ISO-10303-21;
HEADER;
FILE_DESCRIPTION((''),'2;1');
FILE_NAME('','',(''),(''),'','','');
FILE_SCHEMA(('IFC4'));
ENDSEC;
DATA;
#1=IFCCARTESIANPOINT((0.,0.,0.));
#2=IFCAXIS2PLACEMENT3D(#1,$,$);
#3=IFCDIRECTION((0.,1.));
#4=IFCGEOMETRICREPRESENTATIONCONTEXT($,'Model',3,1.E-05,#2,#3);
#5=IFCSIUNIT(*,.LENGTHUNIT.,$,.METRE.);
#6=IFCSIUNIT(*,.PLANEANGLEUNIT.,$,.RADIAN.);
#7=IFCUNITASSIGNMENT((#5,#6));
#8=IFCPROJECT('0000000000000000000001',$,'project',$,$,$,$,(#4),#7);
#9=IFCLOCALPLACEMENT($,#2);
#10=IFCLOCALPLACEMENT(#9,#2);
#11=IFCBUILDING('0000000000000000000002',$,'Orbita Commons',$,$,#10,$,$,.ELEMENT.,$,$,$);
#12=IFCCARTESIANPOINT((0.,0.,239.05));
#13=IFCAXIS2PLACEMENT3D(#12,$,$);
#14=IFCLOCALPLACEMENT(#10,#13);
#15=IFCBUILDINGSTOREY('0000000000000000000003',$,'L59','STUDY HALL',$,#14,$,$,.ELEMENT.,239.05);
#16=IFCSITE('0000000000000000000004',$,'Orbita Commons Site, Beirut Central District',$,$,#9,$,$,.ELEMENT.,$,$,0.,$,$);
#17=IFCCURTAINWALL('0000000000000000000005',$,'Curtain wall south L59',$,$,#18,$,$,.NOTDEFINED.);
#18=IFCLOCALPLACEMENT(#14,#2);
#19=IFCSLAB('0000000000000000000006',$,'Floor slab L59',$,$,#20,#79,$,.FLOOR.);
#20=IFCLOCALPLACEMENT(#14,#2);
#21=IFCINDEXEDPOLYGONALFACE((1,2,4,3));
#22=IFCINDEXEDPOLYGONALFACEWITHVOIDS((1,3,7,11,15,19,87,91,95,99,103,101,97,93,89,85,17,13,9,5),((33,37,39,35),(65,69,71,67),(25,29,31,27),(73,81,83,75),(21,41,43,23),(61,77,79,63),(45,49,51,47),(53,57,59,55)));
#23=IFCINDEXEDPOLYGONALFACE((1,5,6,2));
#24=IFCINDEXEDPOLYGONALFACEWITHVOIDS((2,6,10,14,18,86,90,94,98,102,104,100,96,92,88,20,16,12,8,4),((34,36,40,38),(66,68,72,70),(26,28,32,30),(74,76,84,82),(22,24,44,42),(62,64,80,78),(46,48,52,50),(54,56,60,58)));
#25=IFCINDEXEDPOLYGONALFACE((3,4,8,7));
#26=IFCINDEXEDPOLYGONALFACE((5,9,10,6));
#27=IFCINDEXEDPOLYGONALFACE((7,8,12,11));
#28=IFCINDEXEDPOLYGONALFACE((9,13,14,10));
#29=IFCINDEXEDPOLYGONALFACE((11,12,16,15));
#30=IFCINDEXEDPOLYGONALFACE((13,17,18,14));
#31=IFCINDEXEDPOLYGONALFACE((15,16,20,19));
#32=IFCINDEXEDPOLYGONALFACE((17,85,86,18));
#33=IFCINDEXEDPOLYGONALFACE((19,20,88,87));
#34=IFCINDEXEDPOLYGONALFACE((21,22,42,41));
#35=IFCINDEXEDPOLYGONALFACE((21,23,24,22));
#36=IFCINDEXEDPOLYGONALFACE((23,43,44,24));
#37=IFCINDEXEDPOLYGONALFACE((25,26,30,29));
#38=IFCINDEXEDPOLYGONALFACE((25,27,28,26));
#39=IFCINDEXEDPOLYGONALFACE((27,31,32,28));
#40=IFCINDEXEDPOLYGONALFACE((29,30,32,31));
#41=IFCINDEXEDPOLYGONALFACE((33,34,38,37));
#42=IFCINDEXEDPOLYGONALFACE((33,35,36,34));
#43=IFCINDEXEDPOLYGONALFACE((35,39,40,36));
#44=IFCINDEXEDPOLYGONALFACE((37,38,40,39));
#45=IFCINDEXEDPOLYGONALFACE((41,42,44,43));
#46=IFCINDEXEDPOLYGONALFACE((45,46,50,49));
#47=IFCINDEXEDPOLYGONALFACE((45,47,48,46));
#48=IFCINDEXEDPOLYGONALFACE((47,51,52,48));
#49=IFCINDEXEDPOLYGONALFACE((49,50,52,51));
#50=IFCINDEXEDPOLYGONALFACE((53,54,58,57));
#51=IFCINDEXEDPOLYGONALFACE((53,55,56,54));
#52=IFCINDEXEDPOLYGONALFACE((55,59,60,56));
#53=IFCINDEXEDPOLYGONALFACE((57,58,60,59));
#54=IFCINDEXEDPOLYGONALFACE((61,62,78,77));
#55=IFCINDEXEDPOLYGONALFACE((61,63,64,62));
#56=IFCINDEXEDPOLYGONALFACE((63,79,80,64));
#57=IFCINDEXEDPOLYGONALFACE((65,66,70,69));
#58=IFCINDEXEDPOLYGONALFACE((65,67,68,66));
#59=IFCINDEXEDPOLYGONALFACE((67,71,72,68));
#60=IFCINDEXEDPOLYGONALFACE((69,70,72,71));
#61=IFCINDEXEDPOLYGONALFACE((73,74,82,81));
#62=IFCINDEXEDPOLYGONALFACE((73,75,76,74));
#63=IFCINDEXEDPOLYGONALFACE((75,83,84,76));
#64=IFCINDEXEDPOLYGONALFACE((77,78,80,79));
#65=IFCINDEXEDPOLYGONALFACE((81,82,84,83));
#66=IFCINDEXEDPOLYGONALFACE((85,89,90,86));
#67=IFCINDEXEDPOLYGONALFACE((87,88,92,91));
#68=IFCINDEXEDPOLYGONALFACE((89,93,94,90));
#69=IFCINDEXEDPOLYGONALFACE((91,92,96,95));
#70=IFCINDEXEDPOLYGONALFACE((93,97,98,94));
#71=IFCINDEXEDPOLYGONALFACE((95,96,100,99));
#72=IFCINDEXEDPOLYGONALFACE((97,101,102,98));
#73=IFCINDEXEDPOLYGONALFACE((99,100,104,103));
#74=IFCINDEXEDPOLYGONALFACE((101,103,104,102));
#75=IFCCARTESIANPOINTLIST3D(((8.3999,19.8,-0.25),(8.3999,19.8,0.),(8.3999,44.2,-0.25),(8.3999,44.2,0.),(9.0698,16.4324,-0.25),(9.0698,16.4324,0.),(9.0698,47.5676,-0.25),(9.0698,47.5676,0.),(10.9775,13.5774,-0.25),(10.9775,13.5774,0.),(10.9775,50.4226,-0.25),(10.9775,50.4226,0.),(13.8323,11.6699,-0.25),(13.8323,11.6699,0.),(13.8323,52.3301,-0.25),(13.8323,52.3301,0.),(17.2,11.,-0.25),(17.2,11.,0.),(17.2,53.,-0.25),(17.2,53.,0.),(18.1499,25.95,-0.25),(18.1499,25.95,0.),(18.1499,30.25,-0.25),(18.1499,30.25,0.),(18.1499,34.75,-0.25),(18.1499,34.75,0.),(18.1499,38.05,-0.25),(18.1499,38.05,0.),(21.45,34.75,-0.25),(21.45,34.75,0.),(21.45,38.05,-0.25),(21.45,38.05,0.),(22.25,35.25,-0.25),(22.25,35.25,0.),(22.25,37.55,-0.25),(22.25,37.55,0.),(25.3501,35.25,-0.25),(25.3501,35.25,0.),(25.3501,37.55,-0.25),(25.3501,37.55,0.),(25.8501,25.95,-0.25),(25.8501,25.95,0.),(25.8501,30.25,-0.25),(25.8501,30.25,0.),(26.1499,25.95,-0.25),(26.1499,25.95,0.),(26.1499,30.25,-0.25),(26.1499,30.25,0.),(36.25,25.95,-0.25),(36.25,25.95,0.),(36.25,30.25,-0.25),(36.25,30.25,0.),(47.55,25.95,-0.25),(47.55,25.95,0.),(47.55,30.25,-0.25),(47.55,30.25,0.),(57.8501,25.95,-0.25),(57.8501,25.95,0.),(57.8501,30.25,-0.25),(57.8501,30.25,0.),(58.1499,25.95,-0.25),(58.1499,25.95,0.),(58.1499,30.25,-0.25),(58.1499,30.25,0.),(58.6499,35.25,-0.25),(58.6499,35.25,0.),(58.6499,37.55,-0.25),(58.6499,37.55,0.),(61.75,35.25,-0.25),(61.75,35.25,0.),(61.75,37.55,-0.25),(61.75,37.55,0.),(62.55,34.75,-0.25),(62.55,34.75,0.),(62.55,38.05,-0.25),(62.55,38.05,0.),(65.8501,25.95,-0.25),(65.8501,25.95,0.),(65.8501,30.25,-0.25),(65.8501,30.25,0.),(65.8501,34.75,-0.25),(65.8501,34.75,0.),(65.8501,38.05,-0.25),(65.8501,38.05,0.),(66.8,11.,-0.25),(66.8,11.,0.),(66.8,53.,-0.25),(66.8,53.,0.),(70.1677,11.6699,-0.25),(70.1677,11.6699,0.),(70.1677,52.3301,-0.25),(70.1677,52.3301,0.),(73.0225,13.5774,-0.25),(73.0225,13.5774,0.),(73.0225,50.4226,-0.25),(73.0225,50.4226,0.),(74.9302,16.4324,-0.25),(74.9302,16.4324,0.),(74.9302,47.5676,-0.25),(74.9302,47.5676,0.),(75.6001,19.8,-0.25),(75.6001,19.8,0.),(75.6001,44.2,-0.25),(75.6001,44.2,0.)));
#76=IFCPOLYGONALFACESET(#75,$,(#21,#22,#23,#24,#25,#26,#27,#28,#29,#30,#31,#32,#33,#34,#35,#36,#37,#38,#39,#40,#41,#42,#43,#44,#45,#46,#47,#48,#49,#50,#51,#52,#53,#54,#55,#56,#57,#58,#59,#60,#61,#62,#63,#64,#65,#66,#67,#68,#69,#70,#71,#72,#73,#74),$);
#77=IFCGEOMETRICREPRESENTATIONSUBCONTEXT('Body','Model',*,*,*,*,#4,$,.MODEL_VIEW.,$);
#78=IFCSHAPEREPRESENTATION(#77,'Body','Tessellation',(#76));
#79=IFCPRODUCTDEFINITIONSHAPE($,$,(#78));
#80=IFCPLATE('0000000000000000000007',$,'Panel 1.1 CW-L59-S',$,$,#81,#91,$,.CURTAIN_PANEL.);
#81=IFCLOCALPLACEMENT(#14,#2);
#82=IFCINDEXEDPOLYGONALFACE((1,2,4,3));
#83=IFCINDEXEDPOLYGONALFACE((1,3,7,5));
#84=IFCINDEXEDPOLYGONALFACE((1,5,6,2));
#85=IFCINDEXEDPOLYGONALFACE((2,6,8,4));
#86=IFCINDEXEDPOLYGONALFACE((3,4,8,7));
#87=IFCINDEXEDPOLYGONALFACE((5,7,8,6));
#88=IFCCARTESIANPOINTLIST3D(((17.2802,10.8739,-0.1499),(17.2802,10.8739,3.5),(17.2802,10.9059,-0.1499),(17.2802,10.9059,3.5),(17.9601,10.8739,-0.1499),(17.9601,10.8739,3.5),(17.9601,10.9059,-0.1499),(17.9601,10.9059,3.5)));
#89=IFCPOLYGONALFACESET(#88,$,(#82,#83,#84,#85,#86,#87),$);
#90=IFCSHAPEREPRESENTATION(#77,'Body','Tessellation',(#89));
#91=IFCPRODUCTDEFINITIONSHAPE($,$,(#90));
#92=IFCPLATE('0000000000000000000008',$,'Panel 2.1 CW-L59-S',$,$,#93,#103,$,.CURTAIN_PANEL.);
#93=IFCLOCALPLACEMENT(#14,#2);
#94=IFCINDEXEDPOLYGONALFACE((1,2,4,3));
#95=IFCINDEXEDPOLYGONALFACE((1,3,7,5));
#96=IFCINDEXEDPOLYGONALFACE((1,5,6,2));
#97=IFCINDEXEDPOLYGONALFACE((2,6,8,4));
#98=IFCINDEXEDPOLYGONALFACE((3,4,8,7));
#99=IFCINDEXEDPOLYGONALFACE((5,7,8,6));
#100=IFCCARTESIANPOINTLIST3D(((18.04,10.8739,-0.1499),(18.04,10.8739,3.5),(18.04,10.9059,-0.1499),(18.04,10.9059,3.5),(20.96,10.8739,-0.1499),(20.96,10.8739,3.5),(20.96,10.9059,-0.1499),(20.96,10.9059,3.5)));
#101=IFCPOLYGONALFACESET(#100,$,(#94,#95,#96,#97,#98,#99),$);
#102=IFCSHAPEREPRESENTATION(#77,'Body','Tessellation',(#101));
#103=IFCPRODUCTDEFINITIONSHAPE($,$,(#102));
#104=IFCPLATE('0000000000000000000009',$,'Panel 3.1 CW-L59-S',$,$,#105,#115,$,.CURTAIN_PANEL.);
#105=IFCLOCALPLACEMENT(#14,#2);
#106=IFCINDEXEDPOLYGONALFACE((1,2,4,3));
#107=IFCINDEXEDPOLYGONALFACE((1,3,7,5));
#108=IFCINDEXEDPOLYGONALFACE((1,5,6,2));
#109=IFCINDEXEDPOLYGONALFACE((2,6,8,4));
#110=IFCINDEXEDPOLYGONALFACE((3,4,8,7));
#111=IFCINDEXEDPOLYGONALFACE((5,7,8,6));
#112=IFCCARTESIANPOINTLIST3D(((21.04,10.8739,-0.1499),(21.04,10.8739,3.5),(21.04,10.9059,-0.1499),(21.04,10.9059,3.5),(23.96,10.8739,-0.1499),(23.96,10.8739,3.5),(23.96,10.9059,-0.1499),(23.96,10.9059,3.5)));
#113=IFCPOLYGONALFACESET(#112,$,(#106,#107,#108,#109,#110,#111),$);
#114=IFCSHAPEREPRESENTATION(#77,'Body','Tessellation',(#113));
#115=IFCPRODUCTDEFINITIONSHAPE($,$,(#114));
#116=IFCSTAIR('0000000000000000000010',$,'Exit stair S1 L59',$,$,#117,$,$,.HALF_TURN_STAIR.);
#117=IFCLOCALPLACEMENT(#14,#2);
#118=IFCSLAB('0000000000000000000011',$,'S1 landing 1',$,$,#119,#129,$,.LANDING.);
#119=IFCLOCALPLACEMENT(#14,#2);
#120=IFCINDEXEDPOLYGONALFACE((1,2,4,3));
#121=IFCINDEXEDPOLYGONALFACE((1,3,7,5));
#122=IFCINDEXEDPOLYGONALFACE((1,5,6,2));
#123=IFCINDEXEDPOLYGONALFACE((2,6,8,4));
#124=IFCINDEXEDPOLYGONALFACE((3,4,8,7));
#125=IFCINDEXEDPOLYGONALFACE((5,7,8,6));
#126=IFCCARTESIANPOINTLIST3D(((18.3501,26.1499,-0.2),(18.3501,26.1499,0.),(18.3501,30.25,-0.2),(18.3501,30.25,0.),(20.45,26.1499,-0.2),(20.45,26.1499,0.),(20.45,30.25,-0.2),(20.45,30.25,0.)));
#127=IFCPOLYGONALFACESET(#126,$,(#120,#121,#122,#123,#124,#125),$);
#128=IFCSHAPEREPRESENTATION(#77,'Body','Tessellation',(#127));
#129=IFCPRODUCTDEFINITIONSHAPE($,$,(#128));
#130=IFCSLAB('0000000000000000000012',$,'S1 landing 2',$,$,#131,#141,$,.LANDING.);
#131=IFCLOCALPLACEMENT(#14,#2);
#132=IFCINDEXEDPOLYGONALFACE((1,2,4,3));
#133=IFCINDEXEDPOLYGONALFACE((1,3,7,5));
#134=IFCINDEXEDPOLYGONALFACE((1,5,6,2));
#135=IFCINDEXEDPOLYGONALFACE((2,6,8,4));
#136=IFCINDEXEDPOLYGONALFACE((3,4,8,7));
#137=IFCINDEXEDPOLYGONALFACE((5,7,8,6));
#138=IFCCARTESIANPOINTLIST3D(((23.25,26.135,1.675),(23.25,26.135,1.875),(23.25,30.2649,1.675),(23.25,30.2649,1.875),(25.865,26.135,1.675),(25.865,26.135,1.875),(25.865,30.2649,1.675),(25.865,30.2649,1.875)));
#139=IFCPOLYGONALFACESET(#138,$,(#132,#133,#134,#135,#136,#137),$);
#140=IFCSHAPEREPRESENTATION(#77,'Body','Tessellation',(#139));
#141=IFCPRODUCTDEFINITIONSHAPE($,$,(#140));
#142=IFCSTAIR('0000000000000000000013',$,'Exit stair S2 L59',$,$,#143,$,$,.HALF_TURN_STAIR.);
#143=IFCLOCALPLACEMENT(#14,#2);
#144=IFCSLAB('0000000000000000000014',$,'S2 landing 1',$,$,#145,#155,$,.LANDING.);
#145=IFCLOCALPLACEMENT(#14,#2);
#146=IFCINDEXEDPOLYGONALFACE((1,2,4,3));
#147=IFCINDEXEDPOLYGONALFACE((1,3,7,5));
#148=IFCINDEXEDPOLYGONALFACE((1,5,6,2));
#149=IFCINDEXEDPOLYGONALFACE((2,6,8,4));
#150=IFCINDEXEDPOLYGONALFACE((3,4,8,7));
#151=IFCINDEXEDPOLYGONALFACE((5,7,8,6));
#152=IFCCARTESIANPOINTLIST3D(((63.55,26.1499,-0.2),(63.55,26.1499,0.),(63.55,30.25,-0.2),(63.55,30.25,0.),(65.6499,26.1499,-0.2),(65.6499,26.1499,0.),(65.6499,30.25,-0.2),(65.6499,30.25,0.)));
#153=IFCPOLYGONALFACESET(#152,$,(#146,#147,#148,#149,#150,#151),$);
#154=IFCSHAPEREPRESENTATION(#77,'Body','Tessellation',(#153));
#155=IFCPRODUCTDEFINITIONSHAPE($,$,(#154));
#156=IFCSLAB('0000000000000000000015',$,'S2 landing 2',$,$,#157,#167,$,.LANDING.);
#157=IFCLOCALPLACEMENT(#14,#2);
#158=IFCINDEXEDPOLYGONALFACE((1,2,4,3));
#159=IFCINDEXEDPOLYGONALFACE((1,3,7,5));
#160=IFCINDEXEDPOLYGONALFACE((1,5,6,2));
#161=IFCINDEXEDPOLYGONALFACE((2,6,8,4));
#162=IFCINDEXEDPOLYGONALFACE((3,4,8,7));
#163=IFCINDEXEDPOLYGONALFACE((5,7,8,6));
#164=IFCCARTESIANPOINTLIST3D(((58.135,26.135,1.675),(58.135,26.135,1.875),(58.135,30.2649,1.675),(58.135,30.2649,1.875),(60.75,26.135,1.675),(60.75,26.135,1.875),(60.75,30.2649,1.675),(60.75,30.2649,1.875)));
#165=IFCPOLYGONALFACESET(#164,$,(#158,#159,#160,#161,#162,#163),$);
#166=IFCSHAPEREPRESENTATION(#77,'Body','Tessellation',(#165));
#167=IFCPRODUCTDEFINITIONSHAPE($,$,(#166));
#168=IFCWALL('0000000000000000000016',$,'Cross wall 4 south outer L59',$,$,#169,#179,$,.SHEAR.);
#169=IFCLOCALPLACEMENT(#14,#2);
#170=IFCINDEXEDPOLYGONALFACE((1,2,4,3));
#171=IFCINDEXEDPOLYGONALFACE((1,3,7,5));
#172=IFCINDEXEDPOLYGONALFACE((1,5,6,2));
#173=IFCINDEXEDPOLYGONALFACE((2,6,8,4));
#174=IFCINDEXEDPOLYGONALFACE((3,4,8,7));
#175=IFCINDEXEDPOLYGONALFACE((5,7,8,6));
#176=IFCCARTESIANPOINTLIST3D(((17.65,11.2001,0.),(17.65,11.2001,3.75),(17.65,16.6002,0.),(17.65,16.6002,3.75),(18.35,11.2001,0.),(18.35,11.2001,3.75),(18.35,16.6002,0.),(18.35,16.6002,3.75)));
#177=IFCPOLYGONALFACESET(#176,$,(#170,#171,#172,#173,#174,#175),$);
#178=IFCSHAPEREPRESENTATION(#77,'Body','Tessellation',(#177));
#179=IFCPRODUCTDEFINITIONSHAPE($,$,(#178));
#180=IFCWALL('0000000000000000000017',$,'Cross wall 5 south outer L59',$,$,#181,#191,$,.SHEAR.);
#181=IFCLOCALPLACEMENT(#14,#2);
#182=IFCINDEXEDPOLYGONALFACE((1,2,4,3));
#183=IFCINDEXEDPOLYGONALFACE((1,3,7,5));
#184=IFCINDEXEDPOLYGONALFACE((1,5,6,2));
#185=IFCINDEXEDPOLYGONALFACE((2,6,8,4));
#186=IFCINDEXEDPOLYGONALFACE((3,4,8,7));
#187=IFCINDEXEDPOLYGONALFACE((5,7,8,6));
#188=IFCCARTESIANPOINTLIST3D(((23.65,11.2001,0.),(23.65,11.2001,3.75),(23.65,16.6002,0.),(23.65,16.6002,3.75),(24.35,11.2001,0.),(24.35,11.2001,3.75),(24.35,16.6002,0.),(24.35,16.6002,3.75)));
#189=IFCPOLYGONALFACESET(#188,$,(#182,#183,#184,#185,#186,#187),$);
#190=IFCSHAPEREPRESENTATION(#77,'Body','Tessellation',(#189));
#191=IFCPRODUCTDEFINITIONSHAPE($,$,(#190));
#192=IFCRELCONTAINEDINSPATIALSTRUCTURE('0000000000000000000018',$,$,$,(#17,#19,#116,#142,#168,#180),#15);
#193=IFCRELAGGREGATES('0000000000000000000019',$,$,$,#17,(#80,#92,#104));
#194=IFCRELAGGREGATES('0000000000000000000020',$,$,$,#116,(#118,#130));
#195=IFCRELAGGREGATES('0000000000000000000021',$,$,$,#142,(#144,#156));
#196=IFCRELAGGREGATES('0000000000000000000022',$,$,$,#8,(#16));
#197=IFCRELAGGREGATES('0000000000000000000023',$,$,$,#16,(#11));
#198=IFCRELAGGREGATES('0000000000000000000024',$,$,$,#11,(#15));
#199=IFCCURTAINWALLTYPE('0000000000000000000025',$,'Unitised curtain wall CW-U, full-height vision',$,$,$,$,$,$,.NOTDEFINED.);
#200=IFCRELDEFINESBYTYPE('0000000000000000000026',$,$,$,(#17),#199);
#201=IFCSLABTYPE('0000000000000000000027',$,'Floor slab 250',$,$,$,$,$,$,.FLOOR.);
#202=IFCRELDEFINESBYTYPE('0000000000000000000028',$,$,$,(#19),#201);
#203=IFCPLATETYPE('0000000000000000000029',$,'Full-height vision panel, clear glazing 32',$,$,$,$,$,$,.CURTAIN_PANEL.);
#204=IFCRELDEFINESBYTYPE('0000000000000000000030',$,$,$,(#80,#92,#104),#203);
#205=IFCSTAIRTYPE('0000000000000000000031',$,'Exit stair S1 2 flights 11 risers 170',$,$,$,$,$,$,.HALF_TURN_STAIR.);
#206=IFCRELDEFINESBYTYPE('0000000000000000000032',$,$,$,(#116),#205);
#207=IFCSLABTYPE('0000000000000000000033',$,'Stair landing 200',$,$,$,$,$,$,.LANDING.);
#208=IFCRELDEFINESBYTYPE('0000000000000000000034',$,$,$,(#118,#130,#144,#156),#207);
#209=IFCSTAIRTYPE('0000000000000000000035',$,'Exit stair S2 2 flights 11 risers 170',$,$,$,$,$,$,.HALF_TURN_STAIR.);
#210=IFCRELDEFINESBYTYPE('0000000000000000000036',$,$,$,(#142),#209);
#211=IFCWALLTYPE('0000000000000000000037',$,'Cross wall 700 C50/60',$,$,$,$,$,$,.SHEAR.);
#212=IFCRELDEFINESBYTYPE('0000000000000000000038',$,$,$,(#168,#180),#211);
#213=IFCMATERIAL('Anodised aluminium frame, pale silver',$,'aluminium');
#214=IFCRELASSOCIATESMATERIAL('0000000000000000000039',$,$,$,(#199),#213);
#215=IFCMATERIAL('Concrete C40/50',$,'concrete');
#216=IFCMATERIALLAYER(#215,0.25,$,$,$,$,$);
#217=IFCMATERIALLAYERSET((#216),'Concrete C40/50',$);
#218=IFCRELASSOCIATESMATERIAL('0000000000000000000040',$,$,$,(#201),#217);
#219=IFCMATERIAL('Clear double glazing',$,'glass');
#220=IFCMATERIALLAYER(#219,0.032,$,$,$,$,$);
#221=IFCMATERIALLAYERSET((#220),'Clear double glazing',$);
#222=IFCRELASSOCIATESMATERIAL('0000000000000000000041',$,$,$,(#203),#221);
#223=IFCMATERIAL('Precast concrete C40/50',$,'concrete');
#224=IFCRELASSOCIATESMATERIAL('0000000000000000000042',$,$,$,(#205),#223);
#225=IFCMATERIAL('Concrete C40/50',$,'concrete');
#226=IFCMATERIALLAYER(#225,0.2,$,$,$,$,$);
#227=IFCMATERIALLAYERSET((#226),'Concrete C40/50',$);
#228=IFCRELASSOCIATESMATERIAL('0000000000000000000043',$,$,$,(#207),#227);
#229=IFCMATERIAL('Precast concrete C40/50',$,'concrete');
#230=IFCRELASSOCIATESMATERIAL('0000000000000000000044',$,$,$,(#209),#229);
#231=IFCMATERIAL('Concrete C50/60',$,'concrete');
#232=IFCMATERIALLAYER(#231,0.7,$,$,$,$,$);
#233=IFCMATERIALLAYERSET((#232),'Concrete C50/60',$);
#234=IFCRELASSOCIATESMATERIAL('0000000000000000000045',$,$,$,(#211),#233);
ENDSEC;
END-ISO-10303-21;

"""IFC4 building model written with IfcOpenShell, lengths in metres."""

from ifc_helpers import new_model, si_unit, direction, frame, frame_2d, origin, origin_2d, place, context, subcontext, project, spatial, polyline, rectangle, outline, extrude, material, layer, layer_set, type_object, element, aggregate, save


model = new_model("IFC4")

# Units and contexts
model_context = context("Model", 3, precision=1e-05, world=origin(), true_north=direction((0.0, 1.0)))
body_context = subcontext(model_context, "Body", "Model", "MODEL_VIEW")
ifc_project = project(units=[si_unit("LENGTHUNIT", "METRE"), si_unit("PLANEANGLEUNIT", "RADIAN")], contexts=[model_context])

# Site, building, storey
site_placement = place(None, origin())
site = spatial("IfcSite", under=ifc_project, at=site_placement, Name="Orbita Commons Site, Beirut Central District", CompositionType="ELEMENT", RefElevation=0.0)
building_placement = place(site_placement, origin())
building = spatial("IfcBuilding", under=site, at=building_placement, Name="Orbita Commons", CompositionType="ELEMENT")
storey_placement = place(building_placement, frame((0.0, 0.0, 239.05)))
storey = spatial("IfcBuildingStorey", under=building, at=storey_placement, Name="L59", Description="STUDY HALL", CompositionType="ELEMENT", Elevation=239.05)

# Curtain wall
ifc_material_1 = material(Name="Anodised aluminium frame, pale silver", Category="aluminium")
curtain_wall_type = type_object("IfcCurtainWallType", Name="Unitised curtain wall CW-U, full-height vision", PredefinedType="NOTDEFINED", material=ifc_material_1)
curtain_wall_placement = place(storey_placement, origin())
curtain_wall = element("IfcCurtainWall", 1, at=curtain_wall_placement, inside=storey, type_object=curtain_wall_type, Name="Curtain wall south L59", PredefinedType="NOTDEFINED")

# Slab
ifc_material_2 = material(Name="Concrete C40/50", Category="concrete")
ifc_layer_1 = layer(ifc_material_2, 0.25)
ifc_layer_set_1 = layer_set([ifc_layer_1], Name="Concrete C40/50")
slab_type_1 = type_object("IfcSlabType", Name="Floor slab 250", PredefinedType="FLOOR", material=ifc_layer_set_1)
slab_1_placement = place(storey_placement, frame((0.0, 0.0, -0.25)))
element("IfcSlab", 2, at=slab_1_placement, inside=storey, type_object=slab_type_1, Name="Floor slab L59", PredefinedType="FLOOR", context=body_context, shape_type="SweptSolid", body=[
    extrude(outline(polyline([(66.8, 11.0), (70.1677, 11.6699), (73.0225, 13.5774), (74.9302, 16.4324), (75.6001, 19.8), (75.6001, 44.2), (74.9302, 47.5676), (73.0225, 50.4226), (70.1677, 52.3301), (66.8, 53.0), (17.2, 53.0), (13.8323, 52.3301), (10.9775, 50.4226), (9.0698, 47.5676), (8.3999, 44.2), (8.3999, 19.8), (9.0698, 16.4324), (10.9775, 13.5774), (13.8323, 11.6699), (17.2, 11.0), (66.8, 11.0)]), holes=[polyline([(18.1499, 25.95), (25.8501, 25.95), (25.8501, 30.25), (18.1499, 30.25), (18.1499, 25.95)]), polyline([(58.1499, 25.95), (65.8501, 25.95), (65.8501, 30.25), (58.1499, 30.25), (58.1499, 25.95)]), polyline([(18.1499, 34.75), (21.45, 34.75), (21.45, 38.05), (18.1499, 38.05), (18.1499, 34.75)]), polyline([(62.55, 34.75), (65.8501, 34.75), (65.8501, 38.05), (62.55, 38.05), (62.55, 34.75)]), polyline([(22.25, 35.25), (25.3501, 35.25), (25.3501, 37.55), (22.25, 37.55), (22.25, 35.25)]), polyline([(58.6499, 35.25), (61.75, 35.25), (61.75, 37.55), (58.6499, 37.55), (58.6499, 35.25)]), polyline([(26.1499, 25.95), (36.25, 25.95), (36.25, 30.25), (26.1499, 30.25), (26.1499, 25.95)]), polyline([(47.55, 25.95), (57.8501, 25.95), (57.8501, 30.25), (47.55, 30.25), (47.55, 25.95)])]), origin(), (0.0, 0.0, 1.0), 0.25),
])

# Plates
ifc_material_3 = material(Name="Clear double glazing", Category="glass")
ifc_layer_2 = layer(ifc_material_3, 0.032)
ifc_layer_set_2 = layer_set([ifc_layer_2], Name="Clear double glazing")
plate_type = type_object("IfcPlateType", Name="Full-height vision panel, clear glazing 32", PredefinedType="CURTAIN_PANEL", material=ifc_layer_set_2)
plate_1_placement = place(storey_placement, frame((17.6201, 10.8899, -0.1499), z_axis=(0.0, 0.0, 1.0), x_axis=(1.0, 0.0, 0.0)))
plate_1 = element("IfcPlate", 3, at=plate_1_placement, type_object=plate_type, Name="Panel 1.1 CW-L59-S", PredefinedType="CURTAIN_PANEL", context=body_context, shape_type="SweptSolid", body=[
    extrude(rectangle(XDim=0.6799, YDim=0.032, at=origin_2d()), origin(), (0.0, 0.0, 1.0), 3.6499),
])
plate_2_placement = place(storey_placement, frame((19.5, 10.8899, -0.1499), z_axis=(0.0, 0.0, 1.0), x_axis=(1.0, 0.0, 0.0)))
plate_2 = element("IfcPlate", 4, at=plate_2_placement, type_object=plate_type, Name="Panel 2.1 CW-L59-S", PredefinedType="CURTAIN_PANEL", context=body_context, shape_type="SweptSolid", body=[
    extrude(rectangle(XDim=2.9199, YDim=0.032, at=origin_2d()), origin(), (0.0, 0.0, 1.0), 3.6499),
])
plate_3_placement = place(storey_placement, frame((22.5, 10.8899, -0.1499), z_axis=(0.0, 0.0, 1.0), x_axis=(1.0, 0.0, 0.0)))
plate_3 = element("IfcPlate", 5, at=plate_3_placement, type_object=plate_type, Name="Panel 3.1 CW-L59-S", PredefinedType="CURTAIN_PANEL", context=body_context, shape_type="SweptSolid", body=[
    extrude(rectangle(XDim=2.9199, YDim=0.032, at=origin_2d()), origin(), (0.0, 0.0, 1.0), 3.6499),
])
aggregate(curtain_wall, [plate_1, plate_2, plate_3])

# Stairs, slabs
ifc_material_4 = material(Name="Precast concrete C40/50", Category="concrete")
stair_type_1 = type_object("IfcStairType", Name="Exit stair S1 2 flights 11 risers 170", PredefinedType="HALF_TURN_STAIR", material=ifc_material_4)
stair_1_placement = place(storey_placement, origin())
stair_1 = element("IfcStair", 6, at=stair_1_placement, inside=storey, type_object=stair_type_1, Name="Exit stair S1 L59", PredefinedType="HALF_TURN_STAIR")
ifc_material_5 = material(Name="Concrete C40/50", Category="concrete")
ifc_layer_3 = layer(ifc_material_5, 0.2)
ifc_layer_set_3 = layer_set([ifc_layer_3], Name="Concrete C40/50")
slab_type_2 = type_object("IfcSlabType", Name="Stair landing 200", PredefinedType="LANDING", material=ifc_layer_set_3)
slab_2_placement = place(storey_placement, frame((0.0, 0.0, -0.2)))
slab_2 = element("IfcSlab", 7, at=slab_2_placement, type_object=slab_type_2, Name="S1 landing 1", PredefinedType="LANDING", context=body_context, shape_type="SweptSolid", body=[
    extrude(outline(polyline([(18.3501, 26.1499), (20.45, 26.1499), (20.45, 30.25), (18.3501, 30.25), (18.3501, 26.1499)])), origin(), (0.0, 0.0, 1.0), 0.2),
])
slab_3_placement = place(storey_placement, frame((0.0, 0.0, 1.675)))
slab_3 = element("IfcSlab", 8, at=slab_3_placement, type_object=slab_type_2, Name="S1 landing 2", PredefinedType="LANDING", context=body_context, shape_type="SweptSolid", body=[
    extrude(outline(polyline([(23.25, 26.135), (25.865, 26.135), (25.865, 30.2649), (23.25, 30.2649), (23.25, 26.135)])), origin(), (0.0, 0.0, 1.0), 0.2),
])
aggregate(stair_1, [slab_2, slab_3])
ifc_material_6 = material(Name="Precast concrete C40/50", Category="concrete")
stair_type_2 = type_object("IfcStairType", Name="Exit stair S2 2 flights 11 risers 170", PredefinedType="HALF_TURN_STAIR", material=ifc_material_6)
stair_2_placement = place(storey_placement, origin())
stair_2 = element("IfcStair", 9, at=stair_2_placement, inside=storey, type_object=stair_type_2, Name="Exit stair S2 L59", PredefinedType="HALF_TURN_STAIR")
slab_4_placement = place(storey_placement, frame((0.0, 0.0, -0.2)))
slab_4 = element("IfcSlab", 10, at=slab_4_placement, type_object=slab_type_2, Name="S2 landing 1", PredefinedType="LANDING", context=body_context, shape_type="SweptSolid", body=[
    extrude(outline(polyline([(63.55, 26.1499), (65.6499, 26.1499), (65.6499, 30.25), (63.55, 30.25), (63.55, 26.1499)])), origin(), (0.0, 0.0, 1.0), 0.2),
])
slab_5_placement = place(storey_placement, frame((0.0, 0.0, 1.675)))
slab_5 = element("IfcSlab", 11, at=slab_5_placement, type_object=slab_type_2, Name="S2 landing 2", PredefinedType="LANDING", context=body_context, shape_type="SweptSolid", body=[
    extrude(outline(polyline([(58.135, 26.135), (60.75, 26.135), (60.75, 30.2649), (58.135, 30.2649), (58.135, 26.135)])), origin(), (0.0, 0.0, 1.0), 0.2),
])
aggregate(stair_2, [slab_4, slab_5])

# Walls
ifc_material_7 = material(Name="Concrete C50/60", Category="concrete")
ifc_layer_4 = layer(ifc_material_7, 0.7)
ifc_layer_set_4 = layer_set([ifc_layer_4], Name="Concrete C50/60")
wall_type_1 = type_object("IfcWallType", Name="Cross wall 700 C50/60", PredefinedType="SHEAR", material=ifc_layer_set_4)
for number, where, z_axis, x_axis, name in (
    (12, (18.0, 11.2, 0.0), (0.0, 0.0, 1.0), (0.0, 1.0, 0.0), "Cross wall 4 south outer L59"),
    (13, (24.0, 11.2, 0.0), (0.0, 0.0, 1.0), (0.0, 1.0, 0.0), "Cross wall 5 south outer L59"),
):
    element("IfcWall", number, at=place(storey_placement, frame(where, z_axis=z_axis, x_axis=x_axis)), inside=storey, type_object=wall_type_1, Name=name, PredefinedType="SHEAR", context=body_context, shape_type="SweptSolid", body=[
        extrude(rectangle(XDim=5.4001, YDim=0.7, at=frame_2d((2.7002, 0.0))), origin(), (0.0, 0.0, 1.0), 3.75),
    ])

save(model, "model.ifc")
